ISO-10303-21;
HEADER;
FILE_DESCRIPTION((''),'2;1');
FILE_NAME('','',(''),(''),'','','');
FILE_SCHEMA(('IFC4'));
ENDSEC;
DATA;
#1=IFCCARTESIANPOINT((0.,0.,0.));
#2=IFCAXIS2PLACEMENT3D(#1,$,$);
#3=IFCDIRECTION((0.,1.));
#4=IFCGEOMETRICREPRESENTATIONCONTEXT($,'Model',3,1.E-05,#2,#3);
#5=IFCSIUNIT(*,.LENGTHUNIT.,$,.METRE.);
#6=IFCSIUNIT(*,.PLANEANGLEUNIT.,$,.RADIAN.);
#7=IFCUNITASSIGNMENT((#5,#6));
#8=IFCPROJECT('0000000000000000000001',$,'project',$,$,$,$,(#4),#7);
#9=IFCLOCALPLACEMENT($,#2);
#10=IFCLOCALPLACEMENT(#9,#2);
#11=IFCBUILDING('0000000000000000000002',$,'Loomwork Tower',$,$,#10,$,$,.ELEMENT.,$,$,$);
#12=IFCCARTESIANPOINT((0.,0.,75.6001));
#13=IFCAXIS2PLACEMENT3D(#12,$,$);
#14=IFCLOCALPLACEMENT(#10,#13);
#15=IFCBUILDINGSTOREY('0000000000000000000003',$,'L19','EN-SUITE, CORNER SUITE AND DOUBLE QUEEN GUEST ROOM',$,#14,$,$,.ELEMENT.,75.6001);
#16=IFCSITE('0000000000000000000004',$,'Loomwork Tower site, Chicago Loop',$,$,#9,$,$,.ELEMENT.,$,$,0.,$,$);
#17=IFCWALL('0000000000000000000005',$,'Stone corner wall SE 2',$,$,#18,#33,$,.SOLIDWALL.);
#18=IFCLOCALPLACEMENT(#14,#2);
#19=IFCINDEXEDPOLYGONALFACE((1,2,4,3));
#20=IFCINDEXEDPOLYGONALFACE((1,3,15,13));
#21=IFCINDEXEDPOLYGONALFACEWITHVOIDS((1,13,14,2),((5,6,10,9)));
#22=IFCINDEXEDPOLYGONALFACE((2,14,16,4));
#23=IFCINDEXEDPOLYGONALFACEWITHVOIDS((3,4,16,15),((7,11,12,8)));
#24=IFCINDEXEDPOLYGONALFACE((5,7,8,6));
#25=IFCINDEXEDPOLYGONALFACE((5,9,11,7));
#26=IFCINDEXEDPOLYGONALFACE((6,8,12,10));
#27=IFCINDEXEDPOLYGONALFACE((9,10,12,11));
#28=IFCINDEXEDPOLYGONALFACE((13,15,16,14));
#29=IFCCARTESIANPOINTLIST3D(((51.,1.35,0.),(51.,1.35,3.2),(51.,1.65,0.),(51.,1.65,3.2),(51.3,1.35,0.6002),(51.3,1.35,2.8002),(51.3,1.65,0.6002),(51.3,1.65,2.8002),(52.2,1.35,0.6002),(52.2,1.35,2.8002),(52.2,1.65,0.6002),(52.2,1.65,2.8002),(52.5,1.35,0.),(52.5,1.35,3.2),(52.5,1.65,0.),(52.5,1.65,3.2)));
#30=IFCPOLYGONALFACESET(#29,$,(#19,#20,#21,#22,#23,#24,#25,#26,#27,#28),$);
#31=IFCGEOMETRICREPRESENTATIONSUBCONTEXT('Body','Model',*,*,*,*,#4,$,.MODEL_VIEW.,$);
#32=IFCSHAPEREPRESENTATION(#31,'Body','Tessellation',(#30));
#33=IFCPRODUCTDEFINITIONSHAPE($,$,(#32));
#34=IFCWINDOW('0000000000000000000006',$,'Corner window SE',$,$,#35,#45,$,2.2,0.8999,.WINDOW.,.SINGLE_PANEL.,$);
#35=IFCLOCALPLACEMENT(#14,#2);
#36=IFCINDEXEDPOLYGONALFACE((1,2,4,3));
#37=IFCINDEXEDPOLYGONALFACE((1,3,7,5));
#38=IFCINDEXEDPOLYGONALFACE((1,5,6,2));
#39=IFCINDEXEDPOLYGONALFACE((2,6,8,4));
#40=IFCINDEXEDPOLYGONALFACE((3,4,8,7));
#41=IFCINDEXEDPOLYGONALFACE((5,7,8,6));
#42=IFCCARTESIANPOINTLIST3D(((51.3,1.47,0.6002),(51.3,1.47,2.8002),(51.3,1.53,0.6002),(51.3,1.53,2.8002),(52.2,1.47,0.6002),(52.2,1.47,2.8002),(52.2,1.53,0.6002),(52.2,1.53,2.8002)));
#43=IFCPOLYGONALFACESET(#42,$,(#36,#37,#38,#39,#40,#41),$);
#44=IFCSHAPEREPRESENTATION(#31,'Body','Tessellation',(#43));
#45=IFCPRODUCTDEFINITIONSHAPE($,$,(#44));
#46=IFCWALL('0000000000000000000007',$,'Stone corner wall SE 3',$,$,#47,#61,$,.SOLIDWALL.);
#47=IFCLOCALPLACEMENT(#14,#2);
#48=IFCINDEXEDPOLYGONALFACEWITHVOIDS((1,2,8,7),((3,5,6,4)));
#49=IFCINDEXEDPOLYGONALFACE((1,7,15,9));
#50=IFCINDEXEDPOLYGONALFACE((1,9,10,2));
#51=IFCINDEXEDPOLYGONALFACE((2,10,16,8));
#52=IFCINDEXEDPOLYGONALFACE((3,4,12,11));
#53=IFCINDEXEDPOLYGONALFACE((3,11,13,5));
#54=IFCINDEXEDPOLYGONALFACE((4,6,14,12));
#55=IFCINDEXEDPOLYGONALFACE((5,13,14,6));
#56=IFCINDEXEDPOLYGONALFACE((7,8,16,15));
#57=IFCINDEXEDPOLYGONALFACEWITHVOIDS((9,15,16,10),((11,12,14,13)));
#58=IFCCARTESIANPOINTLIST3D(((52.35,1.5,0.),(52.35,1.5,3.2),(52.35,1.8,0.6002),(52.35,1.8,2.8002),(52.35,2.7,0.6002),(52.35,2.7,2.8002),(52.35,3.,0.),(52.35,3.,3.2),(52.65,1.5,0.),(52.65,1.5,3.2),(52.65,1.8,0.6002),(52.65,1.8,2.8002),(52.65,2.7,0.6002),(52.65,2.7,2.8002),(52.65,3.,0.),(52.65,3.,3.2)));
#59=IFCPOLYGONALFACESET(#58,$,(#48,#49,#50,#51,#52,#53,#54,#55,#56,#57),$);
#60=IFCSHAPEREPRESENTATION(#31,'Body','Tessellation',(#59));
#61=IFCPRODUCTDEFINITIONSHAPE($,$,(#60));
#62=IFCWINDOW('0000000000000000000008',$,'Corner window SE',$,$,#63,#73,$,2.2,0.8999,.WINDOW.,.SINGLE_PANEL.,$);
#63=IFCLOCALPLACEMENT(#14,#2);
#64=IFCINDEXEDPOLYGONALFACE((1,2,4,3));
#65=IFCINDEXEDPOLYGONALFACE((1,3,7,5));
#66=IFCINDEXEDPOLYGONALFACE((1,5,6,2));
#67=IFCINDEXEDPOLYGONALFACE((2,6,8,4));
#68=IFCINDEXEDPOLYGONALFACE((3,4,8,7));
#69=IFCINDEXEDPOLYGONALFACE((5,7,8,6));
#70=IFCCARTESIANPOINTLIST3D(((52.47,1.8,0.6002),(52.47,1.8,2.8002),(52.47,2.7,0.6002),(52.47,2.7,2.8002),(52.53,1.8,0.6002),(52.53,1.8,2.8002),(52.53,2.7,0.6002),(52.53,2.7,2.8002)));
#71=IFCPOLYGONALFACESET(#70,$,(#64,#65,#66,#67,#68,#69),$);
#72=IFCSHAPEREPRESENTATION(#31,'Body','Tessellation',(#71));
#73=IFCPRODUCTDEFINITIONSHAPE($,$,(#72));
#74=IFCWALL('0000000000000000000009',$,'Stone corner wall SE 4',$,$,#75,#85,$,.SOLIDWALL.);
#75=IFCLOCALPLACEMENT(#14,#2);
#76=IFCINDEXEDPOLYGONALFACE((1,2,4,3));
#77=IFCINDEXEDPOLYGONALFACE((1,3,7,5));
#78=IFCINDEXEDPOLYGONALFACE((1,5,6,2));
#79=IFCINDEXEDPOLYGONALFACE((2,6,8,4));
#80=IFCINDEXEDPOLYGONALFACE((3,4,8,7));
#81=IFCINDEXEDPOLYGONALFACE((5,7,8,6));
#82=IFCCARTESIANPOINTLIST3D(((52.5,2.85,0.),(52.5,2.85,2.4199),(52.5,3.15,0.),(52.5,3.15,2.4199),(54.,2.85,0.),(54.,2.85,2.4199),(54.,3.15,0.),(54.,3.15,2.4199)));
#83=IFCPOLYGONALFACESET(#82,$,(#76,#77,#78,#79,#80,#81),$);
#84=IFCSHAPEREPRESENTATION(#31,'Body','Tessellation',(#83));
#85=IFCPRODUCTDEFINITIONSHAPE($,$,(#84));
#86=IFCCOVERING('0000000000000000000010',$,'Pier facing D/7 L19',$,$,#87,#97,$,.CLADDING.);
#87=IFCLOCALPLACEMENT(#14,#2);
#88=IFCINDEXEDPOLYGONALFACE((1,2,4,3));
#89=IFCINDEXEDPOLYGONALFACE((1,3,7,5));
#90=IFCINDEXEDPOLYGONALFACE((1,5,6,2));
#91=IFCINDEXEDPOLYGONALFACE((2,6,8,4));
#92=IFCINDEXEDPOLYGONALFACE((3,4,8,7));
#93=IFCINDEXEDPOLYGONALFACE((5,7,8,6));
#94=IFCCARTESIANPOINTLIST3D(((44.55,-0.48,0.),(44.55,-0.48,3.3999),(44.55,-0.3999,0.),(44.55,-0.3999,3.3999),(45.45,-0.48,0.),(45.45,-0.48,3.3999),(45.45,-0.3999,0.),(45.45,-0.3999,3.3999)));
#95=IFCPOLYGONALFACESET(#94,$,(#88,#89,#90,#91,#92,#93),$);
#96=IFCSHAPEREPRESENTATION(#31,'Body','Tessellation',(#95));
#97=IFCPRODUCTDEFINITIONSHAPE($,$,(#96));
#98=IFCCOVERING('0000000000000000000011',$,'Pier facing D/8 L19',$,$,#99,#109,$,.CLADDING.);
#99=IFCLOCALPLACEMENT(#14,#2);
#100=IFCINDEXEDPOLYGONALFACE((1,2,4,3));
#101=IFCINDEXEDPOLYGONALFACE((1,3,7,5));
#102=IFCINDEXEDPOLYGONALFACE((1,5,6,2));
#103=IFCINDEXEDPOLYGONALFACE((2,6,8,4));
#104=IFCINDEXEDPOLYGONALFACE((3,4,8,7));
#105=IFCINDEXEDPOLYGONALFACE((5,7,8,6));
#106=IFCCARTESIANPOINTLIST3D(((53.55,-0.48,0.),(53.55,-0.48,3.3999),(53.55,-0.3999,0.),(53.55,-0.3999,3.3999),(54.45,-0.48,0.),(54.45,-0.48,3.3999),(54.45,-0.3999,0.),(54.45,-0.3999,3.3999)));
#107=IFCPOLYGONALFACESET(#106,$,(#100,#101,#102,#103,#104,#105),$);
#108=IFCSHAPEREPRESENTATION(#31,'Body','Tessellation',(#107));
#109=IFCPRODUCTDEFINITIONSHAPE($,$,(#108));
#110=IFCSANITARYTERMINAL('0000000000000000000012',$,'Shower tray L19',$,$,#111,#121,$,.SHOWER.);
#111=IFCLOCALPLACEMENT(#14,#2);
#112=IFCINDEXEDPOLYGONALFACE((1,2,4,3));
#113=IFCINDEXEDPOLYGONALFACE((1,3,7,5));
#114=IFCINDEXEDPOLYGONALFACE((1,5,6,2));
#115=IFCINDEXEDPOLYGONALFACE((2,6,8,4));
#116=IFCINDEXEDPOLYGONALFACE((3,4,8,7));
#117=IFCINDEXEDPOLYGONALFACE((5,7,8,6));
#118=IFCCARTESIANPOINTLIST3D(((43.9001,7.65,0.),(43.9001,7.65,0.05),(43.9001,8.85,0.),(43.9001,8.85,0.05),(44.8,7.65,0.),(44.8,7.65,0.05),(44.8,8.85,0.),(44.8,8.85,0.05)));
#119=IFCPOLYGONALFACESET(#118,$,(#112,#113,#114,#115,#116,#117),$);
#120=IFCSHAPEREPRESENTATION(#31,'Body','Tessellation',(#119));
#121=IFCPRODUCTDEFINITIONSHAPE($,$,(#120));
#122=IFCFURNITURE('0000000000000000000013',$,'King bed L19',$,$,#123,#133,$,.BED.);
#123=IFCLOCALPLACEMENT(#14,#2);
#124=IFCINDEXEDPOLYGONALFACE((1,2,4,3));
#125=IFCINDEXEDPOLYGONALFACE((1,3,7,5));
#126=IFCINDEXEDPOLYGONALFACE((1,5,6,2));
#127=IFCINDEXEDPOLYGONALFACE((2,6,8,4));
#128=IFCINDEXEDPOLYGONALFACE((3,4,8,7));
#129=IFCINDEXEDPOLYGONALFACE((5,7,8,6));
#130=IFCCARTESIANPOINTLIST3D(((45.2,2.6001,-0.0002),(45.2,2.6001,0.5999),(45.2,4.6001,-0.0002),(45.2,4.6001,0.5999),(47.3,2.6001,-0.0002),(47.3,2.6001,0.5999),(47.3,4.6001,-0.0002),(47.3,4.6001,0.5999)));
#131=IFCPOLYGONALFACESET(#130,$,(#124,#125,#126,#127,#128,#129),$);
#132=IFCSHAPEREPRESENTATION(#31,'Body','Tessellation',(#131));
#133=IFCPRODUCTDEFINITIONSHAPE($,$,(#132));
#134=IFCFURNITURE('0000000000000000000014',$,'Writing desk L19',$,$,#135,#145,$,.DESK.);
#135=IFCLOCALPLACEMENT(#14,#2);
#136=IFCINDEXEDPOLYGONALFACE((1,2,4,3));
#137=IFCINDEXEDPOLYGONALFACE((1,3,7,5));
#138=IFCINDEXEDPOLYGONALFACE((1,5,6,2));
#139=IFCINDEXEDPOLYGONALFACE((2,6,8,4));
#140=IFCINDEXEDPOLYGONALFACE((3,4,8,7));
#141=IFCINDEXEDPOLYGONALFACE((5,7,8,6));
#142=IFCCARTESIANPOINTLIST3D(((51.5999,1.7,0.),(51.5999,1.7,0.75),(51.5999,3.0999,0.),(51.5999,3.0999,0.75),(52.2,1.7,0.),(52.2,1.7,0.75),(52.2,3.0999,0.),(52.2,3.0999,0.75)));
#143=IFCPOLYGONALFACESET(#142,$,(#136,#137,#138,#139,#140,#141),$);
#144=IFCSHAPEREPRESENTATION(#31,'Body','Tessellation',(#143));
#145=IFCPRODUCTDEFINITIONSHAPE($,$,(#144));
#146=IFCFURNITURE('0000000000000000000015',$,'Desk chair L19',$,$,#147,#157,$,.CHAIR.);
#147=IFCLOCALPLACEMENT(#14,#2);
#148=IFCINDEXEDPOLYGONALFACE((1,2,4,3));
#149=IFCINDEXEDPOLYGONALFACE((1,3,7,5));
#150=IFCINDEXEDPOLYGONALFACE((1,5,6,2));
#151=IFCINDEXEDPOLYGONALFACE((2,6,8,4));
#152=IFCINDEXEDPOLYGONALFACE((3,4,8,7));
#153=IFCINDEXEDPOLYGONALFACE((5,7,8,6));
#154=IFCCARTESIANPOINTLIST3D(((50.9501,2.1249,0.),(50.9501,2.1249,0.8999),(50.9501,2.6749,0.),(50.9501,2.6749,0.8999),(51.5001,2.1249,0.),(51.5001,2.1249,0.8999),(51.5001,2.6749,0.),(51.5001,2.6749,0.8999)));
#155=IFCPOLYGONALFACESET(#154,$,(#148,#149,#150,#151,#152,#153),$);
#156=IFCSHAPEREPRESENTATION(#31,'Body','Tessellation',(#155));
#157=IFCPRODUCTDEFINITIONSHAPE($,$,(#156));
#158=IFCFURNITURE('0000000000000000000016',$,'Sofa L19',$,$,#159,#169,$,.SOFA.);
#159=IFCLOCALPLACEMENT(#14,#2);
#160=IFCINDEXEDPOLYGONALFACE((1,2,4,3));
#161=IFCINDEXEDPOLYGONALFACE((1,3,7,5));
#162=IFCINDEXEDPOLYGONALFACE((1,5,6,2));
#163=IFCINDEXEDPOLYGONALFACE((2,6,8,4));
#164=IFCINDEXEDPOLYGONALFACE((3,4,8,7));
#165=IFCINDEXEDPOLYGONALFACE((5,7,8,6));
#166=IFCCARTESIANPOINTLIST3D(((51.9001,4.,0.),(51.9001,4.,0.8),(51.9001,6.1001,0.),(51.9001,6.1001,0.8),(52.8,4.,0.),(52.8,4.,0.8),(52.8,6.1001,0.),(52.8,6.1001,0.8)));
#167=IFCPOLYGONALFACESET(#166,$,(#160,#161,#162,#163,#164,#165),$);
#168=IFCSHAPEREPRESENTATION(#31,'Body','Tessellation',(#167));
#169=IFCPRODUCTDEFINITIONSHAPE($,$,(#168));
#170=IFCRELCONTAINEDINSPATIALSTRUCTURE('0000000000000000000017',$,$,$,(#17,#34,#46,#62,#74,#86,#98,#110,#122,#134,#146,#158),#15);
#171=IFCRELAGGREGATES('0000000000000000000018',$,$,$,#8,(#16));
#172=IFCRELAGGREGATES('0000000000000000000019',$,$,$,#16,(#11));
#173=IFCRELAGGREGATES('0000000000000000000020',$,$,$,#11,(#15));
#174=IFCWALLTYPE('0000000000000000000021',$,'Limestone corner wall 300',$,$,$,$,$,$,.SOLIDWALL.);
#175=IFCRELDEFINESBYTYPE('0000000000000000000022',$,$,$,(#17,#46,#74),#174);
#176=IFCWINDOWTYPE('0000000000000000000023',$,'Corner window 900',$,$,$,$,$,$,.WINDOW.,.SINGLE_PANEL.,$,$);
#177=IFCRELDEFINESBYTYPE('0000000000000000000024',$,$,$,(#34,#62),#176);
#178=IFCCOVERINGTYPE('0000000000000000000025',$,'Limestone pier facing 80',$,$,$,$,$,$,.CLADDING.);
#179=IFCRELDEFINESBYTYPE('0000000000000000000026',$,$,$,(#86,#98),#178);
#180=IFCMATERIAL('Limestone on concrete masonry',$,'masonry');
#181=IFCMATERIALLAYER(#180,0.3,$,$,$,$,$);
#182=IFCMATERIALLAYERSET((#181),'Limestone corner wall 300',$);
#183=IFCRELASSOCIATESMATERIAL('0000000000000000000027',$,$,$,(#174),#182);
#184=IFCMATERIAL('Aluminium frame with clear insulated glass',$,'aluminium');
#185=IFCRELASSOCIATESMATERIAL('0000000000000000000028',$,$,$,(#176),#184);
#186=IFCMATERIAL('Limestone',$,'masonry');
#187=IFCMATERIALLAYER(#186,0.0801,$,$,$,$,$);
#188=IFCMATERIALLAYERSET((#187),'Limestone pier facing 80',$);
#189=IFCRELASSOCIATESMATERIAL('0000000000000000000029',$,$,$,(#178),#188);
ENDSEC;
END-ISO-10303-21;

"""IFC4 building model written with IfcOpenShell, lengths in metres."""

from ifc_helpers import new_model, si_unit, direction, frame, frame_2d, origin, origin_2d, place, context, subcontext, project, spatial, rectangle, extrude, material, layer, layer_set, type_object, element, fill, save


model = new_model("IFC4")

# Units and contexts
model_context = context("Model", 3, precision=1e-05, world=origin(), true_north=direction((0.0, 1.0)))
body_context = subcontext(model_context, "Body", "Model", "MODEL_VIEW")
ifc_project = project(units=[si_unit("LENGTHUNIT", "METRE"), si_unit("PLANEANGLEUNIT", "RADIAN")], contexts=[model_context])

# Site, building, storey
site_placement = place(None, origin())
site = spatial("IfcSite", under=ifc_project, at=site_placement, Name="Loomwork Tower site, Chicago Loop", CompositionType="ELEMENT", RefElevation=0.0)
building_placement = place(site_placement, origin())
building = spatial("IfcBuilding", under=site, at=building_placement, Name="Loomwork Tower", CompositionType="ELEMENT")
storey_placement = place(building_placement, frame((0.0, 0.0, 75.6001)))
storey = spatial("IfcBuildingStorey", under=building, at=storey_placement, Name="L19", Description="EN-SUITE, CORNER SUITE AND DOUBLE QUEEN GUEST ROOM", CompositionType="ELEMENT", Elevation=75.6001)

# Shared definitions
ifc_material_1 = material(Name="Limestone on concrete masonry", Category="masonry")
ifc_layer_1 = layer(ifc_material_1, 0.3)
ifc_layer_set_1 = layer_set([ifc_layer_1], Name="Limestone corner wall 300")
wall_type_1 = type_object("IfcWallType", Name="Limestone corner wall 300", PredefinedType="SOLIDWALL", material=ifc_layer_set_1)

# Walls, openings, windows
wall_1_placement = place(storey_placement, frame((51.0, 1.5, 0.0), z_axis=(0.0, 0.0, 1.0), x_axis=(1.0, 0.0, 0.0)))
wall_1 = element("IfcWall", 1, at=wall_1_placement, inside=storey, type_object=wall_type_1, Name="Stone corner wall SE 2", PredefinedType="SOLIDWALL", context=body_context, shape_type="SweptSolid", body=[
    extrude(rectangle(XDim=1.5, YDim=0.3, at=frame_2d((0.75, 0.0))), origin(), (0.0, 0.0, 1.0), 3.2),
])
opening_1_placement = place(wall_1_placement, frame((0.3, 0.0, 0.6001)))
opening_1 = element("IfcOpeningElement", 2, at=opening_1_placement, cuts=wall_1, PredefinedType="OPENING", context=body_context, shape_type="SweptSolid", body=[
    extrude(rectangle(XDim=0.8999, YDim=2.2, at=frame_2d((0.45, 1.1001))), frame((0.0, 0.1599, 0.0), z_axis=(0.0, -1.0, 0.0), x_axis=(1.0, 0.0, 0.0)), (0.0, 0.0, 1.0), 0.3201),
])
ifc_material_2 = material(Name="Aluminium frame with clear insulated glass", Category="aluminium")
window_type_1 = type_object("IfcWindowType", Name="Corner window 900", PartitioningType="SINGLE_PANEL", PredefinedType="WINDOW", material=ifc_material_2)
window_1_placement = place(opening_1_placement, origin())
window_1 = element("IfcWindow", 3, at=window_1_placement, inside=storey, type_object=window_type_1, Name="Corner window SE", OverallHeight=2.2, OverallWidth=0.8999, PartitioningType="SINGLE_PANEL", PredefinedType="WINDOW", context=body_context, shape_type="SweptSolid", body=[
    extrude(rectangle(XDim=0.8999, YDim=2.2, at=frame_2d((0.45, 1.1001))), frame((0.0, 0.03, 0.0), z_axis=(0.0, -1.0, 0.0), x_axis=(1.0, 0.0, 0.0)), (0.0, 0.0, 1.0), 0.0601),
])
fill(opening_1, window_1)
wall_2_placement = place(storey_placement, frame((52.5, 1.5, 0.0), z_axis=(0.0, 0.0, 1.0), x_axis=(0.0, 1.0, 0.0)))
wall_2 = element("IfcWall", 4, at=wall_2_placement, inside=storey, type_object=wall_type_1, Name="Stone corner wall SE 3", PredefinedType="SOLIDWALL", context=body_context, shape_type="SweptSolid", body=[
    extrude(rectangle(XDim=1.5, YDim=0.3, at=frame_2d((0.75, 0.0))), origin(), (0.0, 0.0, 1.0), 3.2),
])
opening_2_placement = place(wall_2_placement, frame((0.3, 0.0, 0.6001)))
opening_2 = element("IfcOpeningElement", 5, at=opening_2_placement, cuts=wall_2, PredefinedType="OPENING", context=body_context, shape_type="SweptSolid", body=[
    extrude(rectangle(XDim=0.8999, YDim=2.2, at=frame_2d((0.45, 1.1001))), frame((0.0, 0.1599, 0.0), z_axis=(0.0, -1.0, 0.0), x_axis=(1.0, 0.0, 0.0)), (0.0, 0.0, 1.0), 0.3201),
])
window_2_placement = place(opening_2_placement, origin())
window_2 = element("IfcWindow", 6, at=window_2_placement, inside=storey, type_object=window_type_1, Name="Corner window SE", OverallHeight=2.2, OverallWidth=0.8999, PartitioningType="SINGLE_PANEL", PredefinedType="WINDOW", context=body_context, shape_type="SweptSolid", body=[
    extrude(rectangle(XDim=0.8999, YDim=2.2, at=frame_2d((0.45, 1.1001))), frame((0.0, 0.03, 0.0), z_axis=(0.0, -1.0, 0.0), x_axis=(1.0, 0.0, 0.0)), (0.0, 0.0, 1.0), 0.0601),
])
fill(opening_2, window_2)

# Wall
wall_3_placement = place(storey_placement, frame((52.5, 3.0, 0.0), z_axis=(0.0, 0.0, 1.0), x_axis=(1.0, 0.0, 0.0)))
element("IfcWall", 7, at=wall_3_placement, inside=storey, type_object=wall_type_1, Name="Stone corner wall SE 4", PredefinedType="SOLIDWALL", context=body_context, shape_type="SweptSolid", body=[
    extrude(rectangle(XDim=1.5, YDim=0.3, at=frame_2d((0.75, 0.0))), origin(), (0.0, 0.0, 1.0), 2.4199),
])

# Coverings
ifc_material_3 = material(Name="Limestone", Category="masonry")
ifc_layer_2 = layer(ifc_material_3, 0.0801)
ifc_layer_set_2 = layer_set([ifc_layer_2], Name="Limestone pier facing 80")
covering_type = type_object("IfcCoveringType", Name="Limestone pier facing 80", PredefinedType="CLADDING", material=ifc_layer_set_2)
for number, where, z_axis, x_axis, name in (
    (8, (45.0, -0.4399, 0.0), (0.0, 0.0, 1.0), (1.0, 0.0, 0.0), "Pier facing D/7 L19"),
    (9, (54.0, -0.4399, 0.0), (0.0, 0.0, 1.0), (1.0, 0.0, 0.0), "Pier facing D/8 L19"),
):
    element("IfcCovering", number, at=place(storey_placement, frame(where, z_axis=z_axis, x_axis=x_axis)), inside=storey, type_object=covering_type, Name=name, PredefinedType="CLADDING", context=body_context, shape_type="SweptSolid", body=[
        extrude(rectangle(XDim=0.8999, YDim=0.0801, at=origin_2d()), origin(), (0.0, 0.0, 1.0), 3.3999),
    ])

# Sanitary terminal
sanitary_terminal_placement = place(storey_placement, frame((44.3501, 8.25, 0.0), z_axis=(0.0, 0.0, 1.0), x_axis=(1.0, 0.0, 0.0)))
element("IfcSanitaryTerminal", 10, at=sanitary_terminal_placement, inside=storey, Name="Shower tray L19", PredefinedType="SHOWER", context=body_context, shape_type="SweptSolid", body=[
    extrude(rectangle(XDim=0.8999, YDim=1.2, at=origin_2d()), origin(), (0.0, 0.0, 1.0), 0.05),
])

# Furniture
furniture_1_placement = place(storey_placement, frame((46.25, 3.6001, -0.0002), z_axis=(0.0, 0.0, 1.0), x_axis=(1.0, 0.0, 0.0)))
element("IfcFurniture", 11, at=furniture_1_placement, inside=storey, Name="King bed L19", PredefinedType="BED", context=body_context, shape_type="SweptSolid", body=[
    extrude(rectangle(XDim=2.1001, YDim=2.0, at=origin_2d()), origin(), (0.0, 0.0, 1.0), 0.6001),
])
furniture_2_placement = place(storey_placement, frame((51.8999, 2.3999, 0.0), z_axis=(0.0, 0.0, 1.0), x_axis=(1.0, 0.0, 0.0)))
element("IfcFurniture", 12, at=furniture_2_placement, inside=storey, Name="Writing desk L19", PredefinedType="DESK", context=body_context, shape_type="SweptSolid", body=[
    extrude(rectangle(XDim=0.6001, YDim=1.3999, at=origin_2d()), origin(), (0.0, 0.0, 1.0), 0.75),
])
furniture_3_placement = place(storey_placement, frame((51.2251, 2.3999, 0.0), z_axis=(0.0, 0.0, 1.0), x_axis=(1.0, 0.0, 0.0)))
element("IfcFurniture", 13, at=furniture_3_placement, inside=storey, Name="Desk chair L19", PredefinedType="CHAIR", context=body_context, shape_type="SweptSolid", body=[
    extrude(rectangle(XDim=0.55, YDim=0.55, at=origin_2d()), origin(), (0.0, 0.0, 1.0), 0.8999),
])
furniture_4_placement = place(storey_placement, frame((52.3501, 5.05, 0.0), z_axis=(0.0, 0.0, 1.0), x_axis=(1.0, 0.0, 0.0)))
element("IfcFurniture", 14, at=furniture_4_placement, inside=storey, Name="Sofa L19", PredefinedType="SOFA", context=body_context, shape_type="SweptSolid", body=[
    extrude(rectangle(XDim=0.8999, YDim=2.1001, at=origin_2d()), origin(), (0.0, 0.0, 1.0), 0.8),
])

save(model, "model.ifc")
